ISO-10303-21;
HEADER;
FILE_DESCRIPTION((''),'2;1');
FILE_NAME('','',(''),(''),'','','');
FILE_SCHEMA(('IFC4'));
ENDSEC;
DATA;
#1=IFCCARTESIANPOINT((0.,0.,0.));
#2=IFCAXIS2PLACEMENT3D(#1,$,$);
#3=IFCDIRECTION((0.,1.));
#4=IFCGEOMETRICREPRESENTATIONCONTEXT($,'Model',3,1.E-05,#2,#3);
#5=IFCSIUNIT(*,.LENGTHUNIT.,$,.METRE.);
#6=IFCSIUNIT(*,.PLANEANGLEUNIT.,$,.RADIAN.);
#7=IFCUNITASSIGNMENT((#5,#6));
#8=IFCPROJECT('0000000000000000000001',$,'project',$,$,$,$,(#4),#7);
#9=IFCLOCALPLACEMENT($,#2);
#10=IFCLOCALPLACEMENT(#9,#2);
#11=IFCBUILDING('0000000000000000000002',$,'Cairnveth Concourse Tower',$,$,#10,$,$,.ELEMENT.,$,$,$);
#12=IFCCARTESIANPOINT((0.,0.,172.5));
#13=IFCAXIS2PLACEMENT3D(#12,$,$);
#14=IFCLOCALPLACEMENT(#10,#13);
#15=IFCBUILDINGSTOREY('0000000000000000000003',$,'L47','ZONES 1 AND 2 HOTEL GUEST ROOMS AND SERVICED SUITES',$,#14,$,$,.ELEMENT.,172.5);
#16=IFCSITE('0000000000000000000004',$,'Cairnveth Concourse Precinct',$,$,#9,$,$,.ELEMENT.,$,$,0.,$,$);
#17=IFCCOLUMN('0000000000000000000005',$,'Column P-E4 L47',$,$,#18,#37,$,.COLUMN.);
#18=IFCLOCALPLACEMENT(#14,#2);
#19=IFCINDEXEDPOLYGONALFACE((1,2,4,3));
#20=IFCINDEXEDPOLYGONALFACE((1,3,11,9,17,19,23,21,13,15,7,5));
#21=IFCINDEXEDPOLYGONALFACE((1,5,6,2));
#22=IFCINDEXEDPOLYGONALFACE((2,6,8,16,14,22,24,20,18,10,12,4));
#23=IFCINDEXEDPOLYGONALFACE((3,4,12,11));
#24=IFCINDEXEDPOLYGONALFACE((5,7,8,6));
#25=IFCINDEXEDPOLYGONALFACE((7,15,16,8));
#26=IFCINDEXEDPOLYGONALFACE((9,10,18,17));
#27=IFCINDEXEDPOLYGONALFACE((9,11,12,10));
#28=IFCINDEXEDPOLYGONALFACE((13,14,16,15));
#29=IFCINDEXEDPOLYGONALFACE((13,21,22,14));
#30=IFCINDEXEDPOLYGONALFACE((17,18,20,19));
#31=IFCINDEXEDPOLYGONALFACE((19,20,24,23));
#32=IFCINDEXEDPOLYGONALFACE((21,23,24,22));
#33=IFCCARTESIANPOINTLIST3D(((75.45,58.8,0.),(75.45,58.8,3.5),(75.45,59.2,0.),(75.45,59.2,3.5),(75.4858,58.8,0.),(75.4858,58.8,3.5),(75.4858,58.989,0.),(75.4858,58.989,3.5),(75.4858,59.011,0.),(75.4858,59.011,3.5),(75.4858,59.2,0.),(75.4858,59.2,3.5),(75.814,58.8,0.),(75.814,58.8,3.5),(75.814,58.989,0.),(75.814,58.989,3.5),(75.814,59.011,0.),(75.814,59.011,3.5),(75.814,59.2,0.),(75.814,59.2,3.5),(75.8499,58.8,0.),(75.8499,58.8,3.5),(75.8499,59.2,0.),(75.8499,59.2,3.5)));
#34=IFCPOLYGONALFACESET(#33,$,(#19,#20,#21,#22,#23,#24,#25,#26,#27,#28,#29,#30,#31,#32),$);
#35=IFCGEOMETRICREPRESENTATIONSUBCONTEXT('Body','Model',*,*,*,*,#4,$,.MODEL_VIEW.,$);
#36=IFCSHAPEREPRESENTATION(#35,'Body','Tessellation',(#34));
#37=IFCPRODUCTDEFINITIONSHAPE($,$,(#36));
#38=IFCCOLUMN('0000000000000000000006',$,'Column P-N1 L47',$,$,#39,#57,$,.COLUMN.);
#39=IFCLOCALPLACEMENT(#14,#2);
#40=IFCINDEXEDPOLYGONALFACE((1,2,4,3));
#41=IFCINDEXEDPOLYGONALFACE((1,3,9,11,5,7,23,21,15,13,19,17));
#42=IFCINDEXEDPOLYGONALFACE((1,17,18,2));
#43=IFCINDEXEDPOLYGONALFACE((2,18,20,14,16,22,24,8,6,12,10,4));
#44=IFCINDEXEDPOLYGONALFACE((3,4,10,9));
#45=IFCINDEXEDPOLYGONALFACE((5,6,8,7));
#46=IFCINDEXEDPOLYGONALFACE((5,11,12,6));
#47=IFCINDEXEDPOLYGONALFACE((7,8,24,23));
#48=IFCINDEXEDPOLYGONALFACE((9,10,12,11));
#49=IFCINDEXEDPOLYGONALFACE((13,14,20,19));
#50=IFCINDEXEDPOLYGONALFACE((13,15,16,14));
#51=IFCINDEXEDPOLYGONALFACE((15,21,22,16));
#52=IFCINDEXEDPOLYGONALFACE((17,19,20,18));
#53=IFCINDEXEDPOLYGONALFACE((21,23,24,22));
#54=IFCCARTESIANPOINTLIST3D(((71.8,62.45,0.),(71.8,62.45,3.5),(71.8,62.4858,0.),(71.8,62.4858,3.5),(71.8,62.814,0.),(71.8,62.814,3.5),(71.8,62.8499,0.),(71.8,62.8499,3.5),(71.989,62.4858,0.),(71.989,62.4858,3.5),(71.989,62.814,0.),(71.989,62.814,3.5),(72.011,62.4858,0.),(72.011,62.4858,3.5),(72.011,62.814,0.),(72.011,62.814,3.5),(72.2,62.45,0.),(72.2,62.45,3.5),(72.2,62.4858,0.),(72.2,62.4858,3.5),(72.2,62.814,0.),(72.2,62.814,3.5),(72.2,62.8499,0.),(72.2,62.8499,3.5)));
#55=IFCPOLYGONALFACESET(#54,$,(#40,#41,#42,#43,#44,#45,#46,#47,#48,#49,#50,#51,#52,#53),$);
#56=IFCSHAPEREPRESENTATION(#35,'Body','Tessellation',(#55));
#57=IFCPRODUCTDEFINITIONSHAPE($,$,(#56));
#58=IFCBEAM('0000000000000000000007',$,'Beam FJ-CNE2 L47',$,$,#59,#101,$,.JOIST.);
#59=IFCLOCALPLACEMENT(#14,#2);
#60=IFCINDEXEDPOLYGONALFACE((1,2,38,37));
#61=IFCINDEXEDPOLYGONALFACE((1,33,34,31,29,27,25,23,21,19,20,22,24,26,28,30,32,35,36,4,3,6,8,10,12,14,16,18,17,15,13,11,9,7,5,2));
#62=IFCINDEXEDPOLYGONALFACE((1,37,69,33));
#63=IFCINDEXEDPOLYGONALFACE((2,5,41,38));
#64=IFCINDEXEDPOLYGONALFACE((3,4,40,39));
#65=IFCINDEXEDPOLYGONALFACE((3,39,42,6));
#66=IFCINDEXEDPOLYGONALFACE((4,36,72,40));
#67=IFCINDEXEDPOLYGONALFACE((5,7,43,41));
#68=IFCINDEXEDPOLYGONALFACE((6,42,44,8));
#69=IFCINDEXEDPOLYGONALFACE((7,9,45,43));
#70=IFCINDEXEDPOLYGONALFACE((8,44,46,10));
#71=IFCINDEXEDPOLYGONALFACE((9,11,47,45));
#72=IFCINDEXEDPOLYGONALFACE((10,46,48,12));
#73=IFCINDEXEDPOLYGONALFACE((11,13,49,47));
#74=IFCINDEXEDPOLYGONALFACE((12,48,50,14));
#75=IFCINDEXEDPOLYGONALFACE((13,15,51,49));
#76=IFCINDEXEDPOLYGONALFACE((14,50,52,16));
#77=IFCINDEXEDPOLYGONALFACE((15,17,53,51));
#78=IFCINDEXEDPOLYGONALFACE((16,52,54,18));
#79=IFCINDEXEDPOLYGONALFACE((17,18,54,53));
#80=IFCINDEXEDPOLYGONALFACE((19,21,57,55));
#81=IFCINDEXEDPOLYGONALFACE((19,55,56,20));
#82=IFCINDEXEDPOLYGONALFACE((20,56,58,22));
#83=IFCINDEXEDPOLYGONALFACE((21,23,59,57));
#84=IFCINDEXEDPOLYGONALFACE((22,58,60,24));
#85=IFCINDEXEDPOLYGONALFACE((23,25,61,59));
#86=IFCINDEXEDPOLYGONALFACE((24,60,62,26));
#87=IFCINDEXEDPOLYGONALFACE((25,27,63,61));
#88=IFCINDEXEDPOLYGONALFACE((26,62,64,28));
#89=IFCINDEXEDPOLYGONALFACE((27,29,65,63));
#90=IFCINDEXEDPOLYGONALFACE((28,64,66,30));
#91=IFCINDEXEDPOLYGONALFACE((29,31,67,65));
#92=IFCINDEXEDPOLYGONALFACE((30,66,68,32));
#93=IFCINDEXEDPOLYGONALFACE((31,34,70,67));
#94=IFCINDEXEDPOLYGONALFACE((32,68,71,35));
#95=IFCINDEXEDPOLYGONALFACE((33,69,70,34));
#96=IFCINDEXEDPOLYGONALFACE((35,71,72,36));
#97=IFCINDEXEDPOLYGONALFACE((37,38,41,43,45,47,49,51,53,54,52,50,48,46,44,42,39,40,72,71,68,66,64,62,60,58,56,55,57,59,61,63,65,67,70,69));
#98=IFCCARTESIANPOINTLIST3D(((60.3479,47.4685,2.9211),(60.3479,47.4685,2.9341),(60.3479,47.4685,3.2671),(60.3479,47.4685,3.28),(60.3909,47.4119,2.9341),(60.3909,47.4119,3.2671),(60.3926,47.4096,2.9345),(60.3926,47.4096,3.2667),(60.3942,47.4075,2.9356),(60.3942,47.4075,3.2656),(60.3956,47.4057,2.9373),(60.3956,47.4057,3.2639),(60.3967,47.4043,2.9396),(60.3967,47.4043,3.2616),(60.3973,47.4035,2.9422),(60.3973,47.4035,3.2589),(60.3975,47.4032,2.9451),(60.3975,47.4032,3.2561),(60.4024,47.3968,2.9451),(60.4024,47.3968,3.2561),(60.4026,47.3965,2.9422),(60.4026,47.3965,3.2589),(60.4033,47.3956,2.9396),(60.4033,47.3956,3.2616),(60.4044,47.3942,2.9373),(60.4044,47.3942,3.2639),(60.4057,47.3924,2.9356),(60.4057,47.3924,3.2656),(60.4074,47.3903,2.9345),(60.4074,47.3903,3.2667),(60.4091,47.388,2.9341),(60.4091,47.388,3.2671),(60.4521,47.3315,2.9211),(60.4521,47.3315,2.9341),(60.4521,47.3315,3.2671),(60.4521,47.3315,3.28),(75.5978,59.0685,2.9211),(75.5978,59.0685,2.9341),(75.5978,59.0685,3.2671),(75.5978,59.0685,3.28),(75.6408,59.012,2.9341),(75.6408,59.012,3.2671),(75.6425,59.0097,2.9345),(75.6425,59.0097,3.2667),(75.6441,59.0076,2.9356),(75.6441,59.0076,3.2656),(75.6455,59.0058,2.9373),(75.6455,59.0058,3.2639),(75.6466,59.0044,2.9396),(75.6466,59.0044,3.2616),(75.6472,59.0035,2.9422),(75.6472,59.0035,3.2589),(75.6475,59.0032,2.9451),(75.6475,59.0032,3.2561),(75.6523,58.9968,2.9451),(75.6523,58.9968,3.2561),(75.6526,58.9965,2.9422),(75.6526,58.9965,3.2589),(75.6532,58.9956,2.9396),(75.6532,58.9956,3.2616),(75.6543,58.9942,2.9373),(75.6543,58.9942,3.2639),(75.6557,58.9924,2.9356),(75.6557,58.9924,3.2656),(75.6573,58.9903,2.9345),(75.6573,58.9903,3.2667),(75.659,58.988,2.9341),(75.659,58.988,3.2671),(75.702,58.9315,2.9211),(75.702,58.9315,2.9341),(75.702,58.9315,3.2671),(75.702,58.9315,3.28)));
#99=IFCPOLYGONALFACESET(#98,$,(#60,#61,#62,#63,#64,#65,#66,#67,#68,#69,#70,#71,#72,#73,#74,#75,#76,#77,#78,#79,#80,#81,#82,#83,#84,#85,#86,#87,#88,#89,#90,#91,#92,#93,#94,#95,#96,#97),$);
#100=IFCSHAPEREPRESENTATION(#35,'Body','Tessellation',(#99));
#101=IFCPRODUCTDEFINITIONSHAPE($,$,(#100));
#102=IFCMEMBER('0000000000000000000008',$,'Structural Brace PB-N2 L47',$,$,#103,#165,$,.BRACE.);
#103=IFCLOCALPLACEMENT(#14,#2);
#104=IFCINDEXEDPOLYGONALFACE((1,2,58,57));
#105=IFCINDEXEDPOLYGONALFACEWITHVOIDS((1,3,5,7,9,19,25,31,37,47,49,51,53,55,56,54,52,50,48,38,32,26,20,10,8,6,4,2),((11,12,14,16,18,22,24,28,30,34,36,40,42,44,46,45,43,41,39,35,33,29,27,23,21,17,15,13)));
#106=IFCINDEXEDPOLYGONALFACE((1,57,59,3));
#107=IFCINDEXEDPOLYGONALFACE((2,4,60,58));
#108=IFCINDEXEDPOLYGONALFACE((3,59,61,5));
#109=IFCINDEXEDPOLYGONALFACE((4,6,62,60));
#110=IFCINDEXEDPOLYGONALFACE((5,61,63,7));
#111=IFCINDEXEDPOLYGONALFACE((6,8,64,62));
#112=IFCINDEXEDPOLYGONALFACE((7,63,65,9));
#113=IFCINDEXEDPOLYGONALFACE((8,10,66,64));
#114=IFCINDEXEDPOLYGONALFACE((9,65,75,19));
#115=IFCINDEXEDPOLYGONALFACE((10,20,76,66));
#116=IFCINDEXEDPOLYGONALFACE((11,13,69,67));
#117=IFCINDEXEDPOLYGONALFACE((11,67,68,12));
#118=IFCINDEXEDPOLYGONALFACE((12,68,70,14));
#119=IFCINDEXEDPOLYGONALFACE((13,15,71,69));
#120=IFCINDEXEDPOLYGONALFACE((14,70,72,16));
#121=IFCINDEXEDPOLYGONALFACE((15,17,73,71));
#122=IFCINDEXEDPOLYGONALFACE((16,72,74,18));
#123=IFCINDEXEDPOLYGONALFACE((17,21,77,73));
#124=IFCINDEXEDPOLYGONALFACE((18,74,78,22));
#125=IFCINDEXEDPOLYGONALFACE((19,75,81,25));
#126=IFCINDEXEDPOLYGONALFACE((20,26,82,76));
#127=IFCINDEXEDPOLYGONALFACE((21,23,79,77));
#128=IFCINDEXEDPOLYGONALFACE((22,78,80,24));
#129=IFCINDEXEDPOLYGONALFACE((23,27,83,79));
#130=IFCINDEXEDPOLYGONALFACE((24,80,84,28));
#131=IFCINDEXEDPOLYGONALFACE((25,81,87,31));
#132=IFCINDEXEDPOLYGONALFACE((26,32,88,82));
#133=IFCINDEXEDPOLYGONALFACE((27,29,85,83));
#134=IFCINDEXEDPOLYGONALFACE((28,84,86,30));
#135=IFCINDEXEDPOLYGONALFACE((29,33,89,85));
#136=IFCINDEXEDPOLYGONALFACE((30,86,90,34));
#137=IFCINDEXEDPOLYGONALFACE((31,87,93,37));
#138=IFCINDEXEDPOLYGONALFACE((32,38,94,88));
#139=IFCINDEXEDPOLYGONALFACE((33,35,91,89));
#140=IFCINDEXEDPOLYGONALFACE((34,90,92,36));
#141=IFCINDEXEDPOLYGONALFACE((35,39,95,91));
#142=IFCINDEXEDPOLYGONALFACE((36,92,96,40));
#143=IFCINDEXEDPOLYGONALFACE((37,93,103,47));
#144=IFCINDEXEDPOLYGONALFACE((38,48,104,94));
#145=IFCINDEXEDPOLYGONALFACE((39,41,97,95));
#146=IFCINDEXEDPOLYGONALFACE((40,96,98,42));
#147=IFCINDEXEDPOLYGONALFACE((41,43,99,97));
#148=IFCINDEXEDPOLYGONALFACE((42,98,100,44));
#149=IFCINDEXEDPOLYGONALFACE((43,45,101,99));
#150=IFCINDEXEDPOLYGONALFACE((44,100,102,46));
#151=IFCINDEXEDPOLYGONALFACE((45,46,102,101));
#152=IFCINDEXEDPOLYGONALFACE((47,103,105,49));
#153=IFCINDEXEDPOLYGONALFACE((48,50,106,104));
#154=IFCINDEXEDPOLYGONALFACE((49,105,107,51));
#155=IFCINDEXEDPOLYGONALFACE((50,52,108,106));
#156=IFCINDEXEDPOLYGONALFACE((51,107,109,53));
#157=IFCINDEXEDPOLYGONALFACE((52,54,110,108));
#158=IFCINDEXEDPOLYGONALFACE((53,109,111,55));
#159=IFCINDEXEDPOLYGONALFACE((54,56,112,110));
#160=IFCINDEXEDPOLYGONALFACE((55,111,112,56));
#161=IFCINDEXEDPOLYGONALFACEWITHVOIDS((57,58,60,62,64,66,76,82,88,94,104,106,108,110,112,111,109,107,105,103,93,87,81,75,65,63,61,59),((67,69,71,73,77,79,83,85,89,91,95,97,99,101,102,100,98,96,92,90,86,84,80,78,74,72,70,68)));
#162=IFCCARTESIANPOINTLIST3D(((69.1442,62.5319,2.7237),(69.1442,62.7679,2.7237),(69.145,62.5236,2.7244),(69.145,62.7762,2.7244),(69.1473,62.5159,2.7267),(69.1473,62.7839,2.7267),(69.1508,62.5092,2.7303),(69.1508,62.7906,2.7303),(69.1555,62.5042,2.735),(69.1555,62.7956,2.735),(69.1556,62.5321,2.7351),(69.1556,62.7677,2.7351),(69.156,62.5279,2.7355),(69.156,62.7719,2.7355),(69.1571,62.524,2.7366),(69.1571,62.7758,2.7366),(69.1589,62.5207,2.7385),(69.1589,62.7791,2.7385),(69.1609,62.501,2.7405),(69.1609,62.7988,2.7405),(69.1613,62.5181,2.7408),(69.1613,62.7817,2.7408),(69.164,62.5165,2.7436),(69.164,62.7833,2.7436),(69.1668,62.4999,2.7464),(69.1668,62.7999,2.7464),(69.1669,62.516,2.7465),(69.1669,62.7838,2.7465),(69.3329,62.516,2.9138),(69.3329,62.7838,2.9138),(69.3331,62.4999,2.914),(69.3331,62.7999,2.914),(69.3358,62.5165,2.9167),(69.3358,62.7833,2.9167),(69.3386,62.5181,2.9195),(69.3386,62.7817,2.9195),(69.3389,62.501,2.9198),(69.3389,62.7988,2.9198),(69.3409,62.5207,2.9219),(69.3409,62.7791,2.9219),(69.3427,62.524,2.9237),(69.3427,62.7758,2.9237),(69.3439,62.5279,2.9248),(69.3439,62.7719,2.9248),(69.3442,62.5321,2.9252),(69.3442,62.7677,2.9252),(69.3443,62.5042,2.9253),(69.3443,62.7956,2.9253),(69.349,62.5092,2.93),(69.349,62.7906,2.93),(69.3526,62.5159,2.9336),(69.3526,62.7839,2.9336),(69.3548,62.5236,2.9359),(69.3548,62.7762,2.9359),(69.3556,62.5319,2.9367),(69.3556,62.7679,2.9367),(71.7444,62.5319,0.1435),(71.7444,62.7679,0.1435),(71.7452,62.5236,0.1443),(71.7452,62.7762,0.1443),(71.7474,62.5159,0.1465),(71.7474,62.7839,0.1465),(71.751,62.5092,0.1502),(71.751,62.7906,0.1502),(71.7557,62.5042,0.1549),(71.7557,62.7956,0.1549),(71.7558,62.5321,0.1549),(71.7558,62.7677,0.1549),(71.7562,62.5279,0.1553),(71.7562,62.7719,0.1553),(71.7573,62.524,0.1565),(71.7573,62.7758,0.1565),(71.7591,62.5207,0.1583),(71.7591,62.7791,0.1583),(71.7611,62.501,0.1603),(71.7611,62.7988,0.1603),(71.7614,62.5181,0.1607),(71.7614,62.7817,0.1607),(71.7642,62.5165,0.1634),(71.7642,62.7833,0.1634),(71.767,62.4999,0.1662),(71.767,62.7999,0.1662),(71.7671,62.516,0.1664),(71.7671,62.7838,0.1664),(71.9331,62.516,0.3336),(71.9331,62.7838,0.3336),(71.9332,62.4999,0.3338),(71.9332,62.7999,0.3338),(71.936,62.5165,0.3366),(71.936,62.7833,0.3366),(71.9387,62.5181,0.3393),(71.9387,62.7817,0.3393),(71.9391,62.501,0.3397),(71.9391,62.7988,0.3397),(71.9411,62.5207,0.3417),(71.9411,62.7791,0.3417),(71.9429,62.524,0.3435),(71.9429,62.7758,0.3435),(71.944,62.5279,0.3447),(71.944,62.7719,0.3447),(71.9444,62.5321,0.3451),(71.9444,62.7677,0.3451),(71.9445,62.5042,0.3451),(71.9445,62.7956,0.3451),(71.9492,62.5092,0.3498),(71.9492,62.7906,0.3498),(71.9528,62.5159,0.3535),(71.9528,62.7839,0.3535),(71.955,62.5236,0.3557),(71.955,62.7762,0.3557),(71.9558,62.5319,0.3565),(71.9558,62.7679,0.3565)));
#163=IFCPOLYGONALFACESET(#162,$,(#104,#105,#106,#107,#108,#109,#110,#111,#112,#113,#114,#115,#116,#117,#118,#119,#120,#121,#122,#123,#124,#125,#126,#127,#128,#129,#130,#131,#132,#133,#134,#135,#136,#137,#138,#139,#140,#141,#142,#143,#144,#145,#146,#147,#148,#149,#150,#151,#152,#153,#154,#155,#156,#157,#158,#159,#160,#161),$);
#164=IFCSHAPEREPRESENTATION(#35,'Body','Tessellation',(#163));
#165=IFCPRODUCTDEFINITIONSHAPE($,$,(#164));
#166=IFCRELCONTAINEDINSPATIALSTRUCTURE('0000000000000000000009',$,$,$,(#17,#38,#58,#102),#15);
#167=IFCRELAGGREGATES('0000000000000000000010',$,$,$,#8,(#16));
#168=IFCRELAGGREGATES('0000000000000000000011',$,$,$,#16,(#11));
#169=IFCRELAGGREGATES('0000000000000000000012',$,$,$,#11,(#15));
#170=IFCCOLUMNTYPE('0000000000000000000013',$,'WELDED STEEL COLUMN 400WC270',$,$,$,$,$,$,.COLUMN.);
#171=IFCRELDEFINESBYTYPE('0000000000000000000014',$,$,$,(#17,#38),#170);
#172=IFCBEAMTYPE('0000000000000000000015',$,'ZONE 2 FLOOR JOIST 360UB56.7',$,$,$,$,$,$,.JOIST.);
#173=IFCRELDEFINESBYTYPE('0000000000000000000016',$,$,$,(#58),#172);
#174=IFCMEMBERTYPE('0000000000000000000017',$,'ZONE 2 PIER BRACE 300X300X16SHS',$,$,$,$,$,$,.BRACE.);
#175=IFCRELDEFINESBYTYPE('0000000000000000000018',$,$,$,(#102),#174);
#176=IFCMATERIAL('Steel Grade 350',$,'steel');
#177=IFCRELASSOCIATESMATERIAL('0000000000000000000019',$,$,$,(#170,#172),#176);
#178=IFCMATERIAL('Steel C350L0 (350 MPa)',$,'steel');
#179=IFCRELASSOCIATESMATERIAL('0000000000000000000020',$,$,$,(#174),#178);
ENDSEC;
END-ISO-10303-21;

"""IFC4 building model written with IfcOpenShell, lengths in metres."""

from ifc_helpers import new_model, si_unit, direction, frame, origin, origin_2d, place, context, subcontext, project, spatial, hollow_rectangle, i_section, extrude, material, material_profile, profile_set, type_object, element, save


model = new_model("IFC4")

# Units and contexts
model_context = context("Model", 3, precision=1e-05, world=origin(), true_north=direction((0.0, 1.0)))
body_context = subcontext(model_context, "Body", "Model", "MODEL_VIEW")
ifc_project = project(units=[si_unit("LENGTHUNIT", "METRE"), si_unit("PLANEANGLEUNIT", "RADIAN")], contexts=[model_context])

# Site, building, storey
site_placement = place(None, origin())
site = spatial("IfcSite", under=ifc_project, at=site_placement, Name="Cairnveth Concourse Precinct", CompositionType="ELEMENT", RefElevation=0.0)
building_placement = place(site_placement, origin())
building = spatial("IfcBuilding", under=site, at=building_placement, Name="Cairnveth Concourse Tower", CompositionType="ELEMENT")
storey_placement = place(building_placement, frame((0.0, 0.0, 172.5)))
storey = spatial("IfcBuildingStorey", under=building, at=storey_placement, Name="L47", Description="ZONES 1 AND 2 HOTEL GUEST ROOMS AND SERVICED SUITES", CompositionType="ELEMENT", Elevation=172.5)

# Columns
ifc_material_1 = material(Name="Steel Grade 350", Category="steel")
ifc_material_profile_1 = material_profile(ifc_material_1, i_section(OverallWidth=0.3999, OverallDepth=0.3999, WebThickness=0.022, FlangeThickness=0.0359, at=origin_2d()), Name="400WC270")
ifc_profile_set_1 = profile_set([ifc_material_profile_1], Name="Steel Grade 350")
column_type = type_object("IfcColumnType", Name="WELDED STEEL COLUMN 400WC270", PredefinedType="COLUMN", material=ifc_profile_set_1)
for number, where, z_axis, x_axis, name in (
    (1, (75.6499, 59.0, 0.0), (0.0, 0.0, 1.0), (0.0, 1.0, 0.0), "Column P-E4 L47"),
    (2, (72.0, 62.6499, 0.0), (0.0, 0.0, 1.0), (1.0, 0.0, 0.0), "Column P-N1 L47"),
):
    element("IfcColumn", number, at=place(storey_placement, frame(where, z_axis=z_axis, x_axis=x_axis)), inside=storey, type_object=column_type, Name=name, PredefinedType="COLUMN", context=body_context, shape_type="SweptSolid", body=[
        extrude(i_section(OverallWidth=0.3999, OverallDepth=0.3999, WebThickness=0.022, FlangeThickness=0.0359, at=origin_2d()), origin(), (0.0, 0.0, 1.0), 3.5),
    ])

# Beam
ifc_material_profile_2 = material_profile(ifc_material_1, i_section(OverallWidth=0.1721, OverallDepth=0.3589, WebThickness=0.0081, FlangeThickness=0.0129, FilletRadius=0.011, at=origin_2d()), Name="360UB56.7")
ifc_profile_set_2 = profile_set([ifc_material_profile_2], Name="Steel Grade 350")
beam_type_1 = type_object("IfcBeamType", Name="ZONE 2 FLOOR JOIST 360UB56.7", PredefinedType="JOIST", material=ifc_profile_set_2)
beam_1_placement = place(storey_placement, frame((75.6499, 59.0, 3.1006), z_axis=(-0.795908, -0.605417, 0.0), x_axis=(0.605417, -0.795908, 0.0)))
element("IfcBeam", 3, at=beam_1_placement, inside=storey, type_object=beam_type_1, Name="Beam FJ-CNE2 L47", PredefinedType="JOIST", context=body_context, shape_type="SweptSolid", body=[
    extrude(i_section(OverallWidth=0.1721, OverallDepth=0.3589, WebThickness=0.0081, FlangeThickness=0.0129, FilletRadius=0.011, at=origin_2d()), origin(), (0.0, 0.0, 1.0), 19.1604),
])

# Member
ifc_material_2 = material(Name="Steel C350L0 (350 MPa)", Category="steel")
ifc_material_profile_3 = material_profile(ifc_material_2, hollow_rectangle(XDim=0.3, YDim=0.3, WallThickness=0.0161, InnerFilletRadius=0.0161, OuterFilletRadius=0.032, at=origin_2d()), Name="300x300x16.0SHS")
ifc_profile_set_3 = profile_set([ifc_material_profile_3], Name="Steel C350L0 (350 MPa)")
member_type = type_object("IfcMemberType", Name="ZONE 2 PIER BRACE 300X300X16SHS", PredefinedType="BRACE", material=ifc_profile_set_3)
for number, where, z_axis, x_axis, name in (
    (4, (71.8501, 62.6499, 0.25), (-0.709834, 0.0, 0.704369), (0.0, -1.0, 0.0), "Structural Brace PB-N2 L47"),
):
    element("IfcMember", number, at=place(storey_placement, frame(where, z_axis=z_axis, x_axis=x_axis)), inside=storey, type_object=member_type, Name=name, PredefinedType="BRACE", context=body_context, shape_type="SweptSolid", body=[
        extrude(hollow_rectangle(XDim=0.3, YDim=0.3, WallThickness=0.0161, InnerFilletRadius=0.0161, OuterFilletRadius=0.032, at=origin_2d()), origin(), (0.0, 0.0, 1.0), 3.6631),
    ])

save(model, "model.ifc")
